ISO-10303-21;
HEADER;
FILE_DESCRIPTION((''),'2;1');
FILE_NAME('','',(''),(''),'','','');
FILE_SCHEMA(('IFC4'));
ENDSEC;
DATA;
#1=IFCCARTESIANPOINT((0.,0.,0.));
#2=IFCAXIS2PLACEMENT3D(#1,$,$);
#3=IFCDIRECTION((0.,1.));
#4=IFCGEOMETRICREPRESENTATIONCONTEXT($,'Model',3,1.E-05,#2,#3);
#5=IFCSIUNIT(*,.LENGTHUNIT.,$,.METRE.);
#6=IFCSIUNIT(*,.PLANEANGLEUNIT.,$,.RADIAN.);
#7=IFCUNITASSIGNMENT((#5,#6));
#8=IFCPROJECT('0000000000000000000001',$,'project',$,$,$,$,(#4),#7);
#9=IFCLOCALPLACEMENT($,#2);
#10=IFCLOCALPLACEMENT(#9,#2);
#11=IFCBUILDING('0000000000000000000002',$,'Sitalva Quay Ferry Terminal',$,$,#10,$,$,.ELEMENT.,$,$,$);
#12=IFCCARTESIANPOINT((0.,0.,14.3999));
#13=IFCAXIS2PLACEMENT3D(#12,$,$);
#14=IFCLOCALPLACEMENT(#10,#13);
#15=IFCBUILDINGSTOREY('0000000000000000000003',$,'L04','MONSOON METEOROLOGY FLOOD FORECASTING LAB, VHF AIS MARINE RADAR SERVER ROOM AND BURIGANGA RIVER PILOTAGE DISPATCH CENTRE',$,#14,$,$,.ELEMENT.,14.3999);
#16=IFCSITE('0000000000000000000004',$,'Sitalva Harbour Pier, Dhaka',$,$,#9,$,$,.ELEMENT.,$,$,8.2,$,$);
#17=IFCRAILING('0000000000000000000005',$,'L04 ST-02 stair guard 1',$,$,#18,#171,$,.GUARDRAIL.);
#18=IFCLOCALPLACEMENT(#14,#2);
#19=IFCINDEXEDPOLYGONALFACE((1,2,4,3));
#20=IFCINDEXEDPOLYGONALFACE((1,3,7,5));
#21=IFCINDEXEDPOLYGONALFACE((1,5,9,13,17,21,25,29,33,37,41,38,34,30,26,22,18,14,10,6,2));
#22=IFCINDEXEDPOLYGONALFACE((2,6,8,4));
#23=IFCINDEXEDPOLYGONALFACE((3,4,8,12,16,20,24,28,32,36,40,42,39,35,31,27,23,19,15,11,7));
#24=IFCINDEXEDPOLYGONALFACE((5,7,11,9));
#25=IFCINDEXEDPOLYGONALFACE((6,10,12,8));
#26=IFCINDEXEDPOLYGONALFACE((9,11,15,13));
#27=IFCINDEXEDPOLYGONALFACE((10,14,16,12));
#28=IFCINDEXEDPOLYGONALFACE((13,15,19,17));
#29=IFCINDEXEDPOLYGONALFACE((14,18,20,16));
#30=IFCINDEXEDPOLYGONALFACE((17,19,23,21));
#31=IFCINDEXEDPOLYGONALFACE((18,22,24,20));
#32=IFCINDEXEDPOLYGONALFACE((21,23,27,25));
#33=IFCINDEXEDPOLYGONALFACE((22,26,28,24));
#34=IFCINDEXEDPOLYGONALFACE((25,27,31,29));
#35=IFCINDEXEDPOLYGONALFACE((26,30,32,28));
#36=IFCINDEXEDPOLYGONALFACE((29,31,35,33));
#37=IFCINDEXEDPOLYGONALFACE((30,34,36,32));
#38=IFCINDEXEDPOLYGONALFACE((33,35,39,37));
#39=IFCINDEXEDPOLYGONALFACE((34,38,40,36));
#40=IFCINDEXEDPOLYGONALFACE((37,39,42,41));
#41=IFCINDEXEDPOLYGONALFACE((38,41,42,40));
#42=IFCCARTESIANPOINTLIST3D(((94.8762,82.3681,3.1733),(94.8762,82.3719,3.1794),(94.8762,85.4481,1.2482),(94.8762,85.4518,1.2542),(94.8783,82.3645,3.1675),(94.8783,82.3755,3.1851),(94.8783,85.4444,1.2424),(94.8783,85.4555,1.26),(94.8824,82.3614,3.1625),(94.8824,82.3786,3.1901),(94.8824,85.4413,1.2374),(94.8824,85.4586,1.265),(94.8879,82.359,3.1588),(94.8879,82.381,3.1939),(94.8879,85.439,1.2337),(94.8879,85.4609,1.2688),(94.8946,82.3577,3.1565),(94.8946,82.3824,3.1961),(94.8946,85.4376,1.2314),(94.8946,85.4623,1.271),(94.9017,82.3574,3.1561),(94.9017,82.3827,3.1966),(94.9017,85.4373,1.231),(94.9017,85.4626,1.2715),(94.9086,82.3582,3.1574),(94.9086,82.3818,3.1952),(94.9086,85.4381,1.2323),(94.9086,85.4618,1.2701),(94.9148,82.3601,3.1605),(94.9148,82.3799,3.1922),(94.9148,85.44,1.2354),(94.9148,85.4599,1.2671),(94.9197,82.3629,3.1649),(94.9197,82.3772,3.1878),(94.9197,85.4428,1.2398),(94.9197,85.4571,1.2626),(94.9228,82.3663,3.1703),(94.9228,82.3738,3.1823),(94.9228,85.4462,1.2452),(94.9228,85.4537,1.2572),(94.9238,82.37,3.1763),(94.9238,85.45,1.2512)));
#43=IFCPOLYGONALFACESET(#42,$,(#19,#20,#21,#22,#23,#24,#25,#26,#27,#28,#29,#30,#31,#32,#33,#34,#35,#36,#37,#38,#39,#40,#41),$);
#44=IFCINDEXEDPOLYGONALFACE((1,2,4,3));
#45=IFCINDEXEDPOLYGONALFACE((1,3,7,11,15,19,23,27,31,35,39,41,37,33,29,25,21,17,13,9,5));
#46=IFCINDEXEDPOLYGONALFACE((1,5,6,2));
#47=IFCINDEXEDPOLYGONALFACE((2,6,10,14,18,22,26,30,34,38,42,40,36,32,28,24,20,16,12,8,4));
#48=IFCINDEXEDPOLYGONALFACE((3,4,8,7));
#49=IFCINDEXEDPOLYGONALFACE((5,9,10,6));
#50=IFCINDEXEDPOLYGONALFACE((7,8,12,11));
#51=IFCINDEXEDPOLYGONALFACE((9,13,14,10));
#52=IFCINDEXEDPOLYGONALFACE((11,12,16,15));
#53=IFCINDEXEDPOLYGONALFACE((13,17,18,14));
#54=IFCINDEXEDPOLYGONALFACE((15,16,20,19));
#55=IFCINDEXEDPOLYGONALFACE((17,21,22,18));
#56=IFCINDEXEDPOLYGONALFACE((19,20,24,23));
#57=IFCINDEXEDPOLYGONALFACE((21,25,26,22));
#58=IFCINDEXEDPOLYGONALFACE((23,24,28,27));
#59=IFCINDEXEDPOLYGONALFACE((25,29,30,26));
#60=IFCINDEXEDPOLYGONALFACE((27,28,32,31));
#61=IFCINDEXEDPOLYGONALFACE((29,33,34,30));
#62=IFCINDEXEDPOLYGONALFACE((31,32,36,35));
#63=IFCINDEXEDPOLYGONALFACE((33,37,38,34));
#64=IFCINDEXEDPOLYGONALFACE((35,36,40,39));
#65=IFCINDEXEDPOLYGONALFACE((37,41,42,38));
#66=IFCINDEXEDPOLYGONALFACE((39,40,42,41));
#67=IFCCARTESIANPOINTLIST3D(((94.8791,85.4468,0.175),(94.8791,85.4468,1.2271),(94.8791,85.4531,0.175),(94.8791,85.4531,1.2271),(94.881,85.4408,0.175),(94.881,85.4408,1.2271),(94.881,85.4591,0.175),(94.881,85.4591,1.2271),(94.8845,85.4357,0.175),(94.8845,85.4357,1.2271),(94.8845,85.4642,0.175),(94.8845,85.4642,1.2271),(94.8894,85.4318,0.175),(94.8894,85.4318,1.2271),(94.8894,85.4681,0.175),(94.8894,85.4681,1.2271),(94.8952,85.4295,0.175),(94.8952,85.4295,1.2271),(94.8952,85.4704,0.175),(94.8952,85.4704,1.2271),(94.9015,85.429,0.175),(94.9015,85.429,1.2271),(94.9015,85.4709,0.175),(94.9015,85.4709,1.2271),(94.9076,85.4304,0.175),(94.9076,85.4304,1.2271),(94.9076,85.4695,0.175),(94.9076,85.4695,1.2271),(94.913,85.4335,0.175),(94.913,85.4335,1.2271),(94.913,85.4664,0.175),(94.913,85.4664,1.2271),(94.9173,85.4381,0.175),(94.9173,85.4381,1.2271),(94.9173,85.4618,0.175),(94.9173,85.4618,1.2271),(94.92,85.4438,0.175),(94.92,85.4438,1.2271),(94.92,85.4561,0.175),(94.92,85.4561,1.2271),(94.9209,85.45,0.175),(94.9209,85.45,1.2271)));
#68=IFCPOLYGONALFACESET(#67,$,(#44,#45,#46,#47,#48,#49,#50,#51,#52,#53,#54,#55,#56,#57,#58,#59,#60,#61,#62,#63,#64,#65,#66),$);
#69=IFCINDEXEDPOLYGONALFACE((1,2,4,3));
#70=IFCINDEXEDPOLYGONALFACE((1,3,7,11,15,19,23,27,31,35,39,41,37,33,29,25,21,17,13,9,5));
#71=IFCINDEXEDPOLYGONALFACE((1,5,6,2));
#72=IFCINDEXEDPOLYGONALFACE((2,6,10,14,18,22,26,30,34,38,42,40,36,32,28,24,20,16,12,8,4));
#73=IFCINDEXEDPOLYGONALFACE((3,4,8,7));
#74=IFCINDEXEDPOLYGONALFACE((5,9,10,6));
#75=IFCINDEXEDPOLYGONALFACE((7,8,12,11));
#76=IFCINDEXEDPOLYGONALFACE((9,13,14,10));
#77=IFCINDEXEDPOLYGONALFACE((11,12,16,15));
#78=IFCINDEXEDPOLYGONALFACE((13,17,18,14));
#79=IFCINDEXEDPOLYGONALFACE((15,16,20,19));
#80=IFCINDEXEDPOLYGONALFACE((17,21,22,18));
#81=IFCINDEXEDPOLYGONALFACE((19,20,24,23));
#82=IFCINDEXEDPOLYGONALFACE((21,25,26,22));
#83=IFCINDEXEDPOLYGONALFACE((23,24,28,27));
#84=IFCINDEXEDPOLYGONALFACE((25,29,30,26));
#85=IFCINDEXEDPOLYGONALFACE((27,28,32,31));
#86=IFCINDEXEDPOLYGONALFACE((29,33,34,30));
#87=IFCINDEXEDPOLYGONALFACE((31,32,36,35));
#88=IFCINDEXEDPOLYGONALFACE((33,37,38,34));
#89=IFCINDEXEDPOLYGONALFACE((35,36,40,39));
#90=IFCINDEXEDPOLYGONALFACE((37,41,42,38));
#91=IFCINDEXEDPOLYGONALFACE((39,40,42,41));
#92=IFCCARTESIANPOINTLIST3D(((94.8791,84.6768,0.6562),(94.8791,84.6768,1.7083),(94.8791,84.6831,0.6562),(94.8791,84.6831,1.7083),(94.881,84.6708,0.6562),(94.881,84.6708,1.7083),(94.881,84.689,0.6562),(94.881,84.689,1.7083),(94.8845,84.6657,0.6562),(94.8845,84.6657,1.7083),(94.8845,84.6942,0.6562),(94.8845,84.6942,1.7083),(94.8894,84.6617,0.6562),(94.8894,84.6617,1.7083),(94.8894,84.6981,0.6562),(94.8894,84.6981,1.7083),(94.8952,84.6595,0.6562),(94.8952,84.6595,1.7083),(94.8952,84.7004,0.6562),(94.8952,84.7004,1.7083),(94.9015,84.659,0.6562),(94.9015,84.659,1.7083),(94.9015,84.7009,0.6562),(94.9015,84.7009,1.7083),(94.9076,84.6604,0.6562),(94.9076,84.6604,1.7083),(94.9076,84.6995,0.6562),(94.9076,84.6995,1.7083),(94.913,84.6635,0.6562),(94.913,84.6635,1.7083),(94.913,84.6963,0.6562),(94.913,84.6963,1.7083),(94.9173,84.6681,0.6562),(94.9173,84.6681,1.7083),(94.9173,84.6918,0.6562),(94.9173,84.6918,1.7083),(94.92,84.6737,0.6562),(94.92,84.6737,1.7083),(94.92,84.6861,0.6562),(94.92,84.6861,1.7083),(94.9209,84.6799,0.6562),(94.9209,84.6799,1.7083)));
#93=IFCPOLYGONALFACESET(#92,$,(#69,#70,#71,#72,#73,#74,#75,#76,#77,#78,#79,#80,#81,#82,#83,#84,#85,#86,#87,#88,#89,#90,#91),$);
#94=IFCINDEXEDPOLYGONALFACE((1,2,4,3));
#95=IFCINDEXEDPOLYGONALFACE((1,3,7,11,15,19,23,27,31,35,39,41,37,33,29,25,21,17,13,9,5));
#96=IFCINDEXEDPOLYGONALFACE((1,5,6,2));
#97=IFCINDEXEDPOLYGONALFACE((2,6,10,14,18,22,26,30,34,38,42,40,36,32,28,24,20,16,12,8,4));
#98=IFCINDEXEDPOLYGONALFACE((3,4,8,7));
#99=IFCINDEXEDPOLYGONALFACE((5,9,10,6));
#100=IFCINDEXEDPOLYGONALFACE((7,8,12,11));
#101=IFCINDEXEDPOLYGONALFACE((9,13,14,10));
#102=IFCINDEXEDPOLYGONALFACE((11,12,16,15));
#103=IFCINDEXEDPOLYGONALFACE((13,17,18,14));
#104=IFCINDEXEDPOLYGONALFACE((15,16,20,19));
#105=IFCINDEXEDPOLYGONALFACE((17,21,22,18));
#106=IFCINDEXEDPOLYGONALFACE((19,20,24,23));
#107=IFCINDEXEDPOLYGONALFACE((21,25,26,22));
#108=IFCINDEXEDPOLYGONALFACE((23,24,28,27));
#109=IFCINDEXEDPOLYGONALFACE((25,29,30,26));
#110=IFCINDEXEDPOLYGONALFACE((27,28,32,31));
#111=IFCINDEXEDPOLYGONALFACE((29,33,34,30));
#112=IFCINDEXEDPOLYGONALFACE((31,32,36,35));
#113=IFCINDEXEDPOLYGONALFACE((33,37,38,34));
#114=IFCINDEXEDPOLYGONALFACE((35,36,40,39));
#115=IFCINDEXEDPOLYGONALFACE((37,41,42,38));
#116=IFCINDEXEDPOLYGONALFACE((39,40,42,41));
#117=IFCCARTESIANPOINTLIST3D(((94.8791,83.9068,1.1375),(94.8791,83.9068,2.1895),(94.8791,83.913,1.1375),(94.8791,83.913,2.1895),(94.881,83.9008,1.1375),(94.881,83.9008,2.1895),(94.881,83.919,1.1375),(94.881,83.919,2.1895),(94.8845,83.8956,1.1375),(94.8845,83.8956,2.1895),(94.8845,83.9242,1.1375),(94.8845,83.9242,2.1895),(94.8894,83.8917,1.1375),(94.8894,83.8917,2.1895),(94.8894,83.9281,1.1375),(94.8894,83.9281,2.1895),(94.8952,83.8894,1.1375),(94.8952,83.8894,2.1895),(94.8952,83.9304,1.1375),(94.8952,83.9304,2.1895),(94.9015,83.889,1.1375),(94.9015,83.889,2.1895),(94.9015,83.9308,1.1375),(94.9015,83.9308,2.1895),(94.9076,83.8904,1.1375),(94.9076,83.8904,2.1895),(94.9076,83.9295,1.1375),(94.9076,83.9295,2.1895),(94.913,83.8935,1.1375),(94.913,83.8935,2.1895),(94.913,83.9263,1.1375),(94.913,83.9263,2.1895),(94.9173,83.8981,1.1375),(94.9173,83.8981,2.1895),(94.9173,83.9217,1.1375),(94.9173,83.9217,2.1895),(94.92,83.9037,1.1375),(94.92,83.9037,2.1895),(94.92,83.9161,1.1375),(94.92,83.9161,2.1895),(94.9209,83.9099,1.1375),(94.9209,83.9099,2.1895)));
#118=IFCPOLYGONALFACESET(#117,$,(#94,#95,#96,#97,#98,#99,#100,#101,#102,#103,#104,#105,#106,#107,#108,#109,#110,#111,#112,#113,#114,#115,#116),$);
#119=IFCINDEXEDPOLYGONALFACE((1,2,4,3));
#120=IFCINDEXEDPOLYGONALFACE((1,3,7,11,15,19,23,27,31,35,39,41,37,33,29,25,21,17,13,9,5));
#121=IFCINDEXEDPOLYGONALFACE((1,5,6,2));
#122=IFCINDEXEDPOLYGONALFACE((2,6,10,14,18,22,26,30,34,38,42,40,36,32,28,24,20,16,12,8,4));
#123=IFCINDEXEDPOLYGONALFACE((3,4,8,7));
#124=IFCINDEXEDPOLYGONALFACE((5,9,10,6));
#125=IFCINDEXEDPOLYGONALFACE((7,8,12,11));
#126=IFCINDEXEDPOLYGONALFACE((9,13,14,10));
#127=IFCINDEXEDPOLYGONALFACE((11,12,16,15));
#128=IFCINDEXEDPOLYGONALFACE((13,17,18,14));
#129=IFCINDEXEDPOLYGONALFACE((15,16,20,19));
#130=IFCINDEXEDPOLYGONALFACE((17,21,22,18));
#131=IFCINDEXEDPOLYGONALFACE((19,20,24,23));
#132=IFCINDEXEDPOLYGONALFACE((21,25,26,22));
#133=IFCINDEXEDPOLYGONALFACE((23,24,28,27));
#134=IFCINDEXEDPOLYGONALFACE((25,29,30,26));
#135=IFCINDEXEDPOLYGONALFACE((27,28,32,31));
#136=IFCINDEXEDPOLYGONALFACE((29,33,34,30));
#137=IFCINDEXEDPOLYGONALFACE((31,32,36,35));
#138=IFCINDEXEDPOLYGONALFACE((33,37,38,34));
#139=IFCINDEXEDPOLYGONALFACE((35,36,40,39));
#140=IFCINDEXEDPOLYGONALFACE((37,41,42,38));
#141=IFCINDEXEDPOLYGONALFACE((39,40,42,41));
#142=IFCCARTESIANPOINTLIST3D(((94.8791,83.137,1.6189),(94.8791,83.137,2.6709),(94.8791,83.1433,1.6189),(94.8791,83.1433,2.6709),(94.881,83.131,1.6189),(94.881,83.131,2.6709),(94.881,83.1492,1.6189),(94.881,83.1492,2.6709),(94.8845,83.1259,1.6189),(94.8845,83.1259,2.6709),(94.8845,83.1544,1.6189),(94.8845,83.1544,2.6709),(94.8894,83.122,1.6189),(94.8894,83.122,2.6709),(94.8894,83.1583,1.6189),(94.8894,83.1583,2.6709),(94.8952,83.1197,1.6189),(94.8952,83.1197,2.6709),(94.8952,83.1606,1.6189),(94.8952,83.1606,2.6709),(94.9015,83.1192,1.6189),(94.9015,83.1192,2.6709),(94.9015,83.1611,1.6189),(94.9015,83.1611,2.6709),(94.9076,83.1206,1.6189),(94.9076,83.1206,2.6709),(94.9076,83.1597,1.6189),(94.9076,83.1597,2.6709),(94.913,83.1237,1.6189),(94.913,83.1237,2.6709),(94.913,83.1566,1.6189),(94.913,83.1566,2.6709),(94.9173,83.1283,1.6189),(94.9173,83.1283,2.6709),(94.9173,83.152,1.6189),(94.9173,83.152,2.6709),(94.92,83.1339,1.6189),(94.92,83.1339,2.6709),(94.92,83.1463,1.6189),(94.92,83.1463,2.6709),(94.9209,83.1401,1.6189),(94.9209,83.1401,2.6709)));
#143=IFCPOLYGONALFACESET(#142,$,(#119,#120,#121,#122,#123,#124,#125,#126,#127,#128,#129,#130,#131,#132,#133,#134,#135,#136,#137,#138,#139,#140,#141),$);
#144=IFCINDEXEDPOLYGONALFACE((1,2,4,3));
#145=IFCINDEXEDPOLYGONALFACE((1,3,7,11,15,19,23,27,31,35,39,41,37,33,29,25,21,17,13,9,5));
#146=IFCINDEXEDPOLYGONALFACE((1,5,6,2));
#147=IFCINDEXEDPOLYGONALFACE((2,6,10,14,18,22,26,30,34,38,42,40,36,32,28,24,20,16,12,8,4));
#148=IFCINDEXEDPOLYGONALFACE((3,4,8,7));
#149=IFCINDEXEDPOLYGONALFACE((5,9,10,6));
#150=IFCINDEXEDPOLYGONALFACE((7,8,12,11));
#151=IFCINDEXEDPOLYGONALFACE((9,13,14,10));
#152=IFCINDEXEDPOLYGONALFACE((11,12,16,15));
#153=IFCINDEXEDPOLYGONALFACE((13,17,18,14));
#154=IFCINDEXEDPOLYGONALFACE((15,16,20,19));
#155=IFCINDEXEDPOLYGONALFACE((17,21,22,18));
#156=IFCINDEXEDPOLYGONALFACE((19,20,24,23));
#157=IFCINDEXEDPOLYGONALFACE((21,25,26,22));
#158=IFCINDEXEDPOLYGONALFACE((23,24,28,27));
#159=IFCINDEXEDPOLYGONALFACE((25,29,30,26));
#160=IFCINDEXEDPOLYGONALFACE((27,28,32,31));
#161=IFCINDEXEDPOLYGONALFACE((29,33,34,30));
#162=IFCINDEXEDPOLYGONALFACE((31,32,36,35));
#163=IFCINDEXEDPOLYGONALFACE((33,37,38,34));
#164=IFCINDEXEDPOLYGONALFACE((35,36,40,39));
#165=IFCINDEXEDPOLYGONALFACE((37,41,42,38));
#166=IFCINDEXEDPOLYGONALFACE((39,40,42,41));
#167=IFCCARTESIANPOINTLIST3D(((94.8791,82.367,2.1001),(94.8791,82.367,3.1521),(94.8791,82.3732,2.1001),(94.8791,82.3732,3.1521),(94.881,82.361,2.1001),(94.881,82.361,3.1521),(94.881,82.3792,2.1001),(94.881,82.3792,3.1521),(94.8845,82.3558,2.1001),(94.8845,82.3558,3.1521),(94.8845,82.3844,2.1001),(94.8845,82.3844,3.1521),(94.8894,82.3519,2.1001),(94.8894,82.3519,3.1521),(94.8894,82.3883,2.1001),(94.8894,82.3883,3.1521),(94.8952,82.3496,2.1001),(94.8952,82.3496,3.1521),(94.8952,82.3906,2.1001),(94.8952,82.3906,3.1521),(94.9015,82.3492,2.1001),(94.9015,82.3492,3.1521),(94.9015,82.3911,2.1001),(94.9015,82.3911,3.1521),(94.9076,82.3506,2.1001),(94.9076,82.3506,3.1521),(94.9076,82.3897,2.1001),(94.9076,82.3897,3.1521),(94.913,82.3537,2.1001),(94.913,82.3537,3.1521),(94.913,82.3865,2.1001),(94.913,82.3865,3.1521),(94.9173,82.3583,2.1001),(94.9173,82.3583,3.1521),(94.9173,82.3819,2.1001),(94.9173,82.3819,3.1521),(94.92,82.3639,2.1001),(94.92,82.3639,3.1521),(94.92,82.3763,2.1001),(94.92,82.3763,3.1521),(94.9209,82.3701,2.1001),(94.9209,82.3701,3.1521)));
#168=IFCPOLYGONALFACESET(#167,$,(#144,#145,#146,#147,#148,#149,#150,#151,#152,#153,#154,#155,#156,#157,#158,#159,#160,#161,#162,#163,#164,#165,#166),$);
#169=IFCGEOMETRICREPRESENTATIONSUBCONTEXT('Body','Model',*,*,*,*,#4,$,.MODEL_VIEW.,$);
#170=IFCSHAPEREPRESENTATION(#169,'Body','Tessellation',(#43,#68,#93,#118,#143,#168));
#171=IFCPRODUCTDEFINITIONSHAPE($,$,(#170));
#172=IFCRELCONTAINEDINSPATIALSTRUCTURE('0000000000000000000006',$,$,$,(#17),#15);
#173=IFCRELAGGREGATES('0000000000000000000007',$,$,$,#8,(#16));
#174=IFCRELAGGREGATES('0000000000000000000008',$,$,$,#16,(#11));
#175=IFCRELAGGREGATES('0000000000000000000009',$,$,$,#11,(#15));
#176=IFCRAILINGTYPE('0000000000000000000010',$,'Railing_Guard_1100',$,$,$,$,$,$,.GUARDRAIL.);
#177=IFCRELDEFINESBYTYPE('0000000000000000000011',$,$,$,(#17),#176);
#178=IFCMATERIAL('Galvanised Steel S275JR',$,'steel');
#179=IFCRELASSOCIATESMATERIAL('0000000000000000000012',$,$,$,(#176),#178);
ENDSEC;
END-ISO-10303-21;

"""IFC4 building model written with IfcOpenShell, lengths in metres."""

from ifc_helpers import new_model, si_unit, direction, frame, origin, origin_2d, place, context, subcontext, project, spatial, circle, extrude, material, type_object, element, save


model = new_model("IFC4")

# Units and contexts
model_context = context("Model", 3, precision=1e-05, world=origin(), true_north=direction((0.0, 1.0)))
body_context = subcontext(model_context, "Body", "Model", "MODEL_VIEW")
ifc_project = project(units=[si_unit("LENGTHUNIT", "METRE"), si_unit("PLANEANGLEUNIT", "RADIAN")], contexts=[model_context])

# Site, building, storey
site_placement = place(None, origin())
site = spatial("IfcSite", under=ifc_project, at=site_placement, Name="Sitalva Harbour Pier, Dhaka", CompositionType="ELEMENT", RefElevation=8.2)
building_placement = place(site_placement, origin())
building = spatial("IfcBuilding", under=site, at=building_placement, Name="Sitalva Quay Ferry Terminal", CompositionType="ELEMENT")
storey_placement = place(building_placement, frame((0.0, 0.0, 14.3999)))
storey = spatial("IfcBuildingStorey", under=building, at=storey_placement, Name="L04", Description="MONSOON METEOROLOGY FLOOD FORECASTING LAB, VHF AIS MARINE RADAR SERVER ROOM AND BURIGANGA RIVER PILOTAGE DISPATCH CENTRE", CompositionType="ELEMENT", Elevation=14.3999)

# Railing
ifc_material_1 = material(Name="Galvanised Steel S275JR", Category="steel")
railing_type_1 = type_object("IfcRailingType", Name="Railing_Guard_1100", PredefinedType="GUARDRAIL", material=ifc_material_1)
railing_1_placement = place(storey_placement, frame((94.8999, 85.45, 0.175)))
element("IfcRailing", 1, at=railing_1_placement, inside=storey, type_object=railing_type_1, Name="L04 ST-02 stair guard 1", PredefinedType="GUARDRAIL", context=body_context, shape_type="SweptSolid", body=[
    extrude(circle(Radius=0.0239, at=origin_2d()), frame((0.0, 0.0, 1.0762), z_axis=(0.0, -0.847979, 0.530029), x_axis=(1.0, 0.0, 0.0)), (0.0, 0.0, 1.0), 3.6321),
    extrude(circle(Radius=0.021, at=origin_2d()), origin(), (0.0, 0.0, 1.0), 1.052),
    extrude(circle(Radius=0.021, at=origin_2d()), frame((0.0, -0.77, 0.4812)), (0.0, 0.0, 1.0), 1.052),
    extrude(circle(Radius=0.021, at=origin_2d()), frame((0.0, -1.54, 0.9624)), (0.0, 0.0, 1.0), 1.052),
    extrude(circle(Radius=0.021, at=origin_2d()), frame((0.0, -2.3098, 1.4438)), (0.0, 0.0, 1.0), 1.052),
    extrude(circle(Radius=0.021, at=origin_2d()), frame((0.0, -3.0798, 1.925)), (0.0, 0.0, 1.0), 1.052),
])

save(model, "model.ifc")
